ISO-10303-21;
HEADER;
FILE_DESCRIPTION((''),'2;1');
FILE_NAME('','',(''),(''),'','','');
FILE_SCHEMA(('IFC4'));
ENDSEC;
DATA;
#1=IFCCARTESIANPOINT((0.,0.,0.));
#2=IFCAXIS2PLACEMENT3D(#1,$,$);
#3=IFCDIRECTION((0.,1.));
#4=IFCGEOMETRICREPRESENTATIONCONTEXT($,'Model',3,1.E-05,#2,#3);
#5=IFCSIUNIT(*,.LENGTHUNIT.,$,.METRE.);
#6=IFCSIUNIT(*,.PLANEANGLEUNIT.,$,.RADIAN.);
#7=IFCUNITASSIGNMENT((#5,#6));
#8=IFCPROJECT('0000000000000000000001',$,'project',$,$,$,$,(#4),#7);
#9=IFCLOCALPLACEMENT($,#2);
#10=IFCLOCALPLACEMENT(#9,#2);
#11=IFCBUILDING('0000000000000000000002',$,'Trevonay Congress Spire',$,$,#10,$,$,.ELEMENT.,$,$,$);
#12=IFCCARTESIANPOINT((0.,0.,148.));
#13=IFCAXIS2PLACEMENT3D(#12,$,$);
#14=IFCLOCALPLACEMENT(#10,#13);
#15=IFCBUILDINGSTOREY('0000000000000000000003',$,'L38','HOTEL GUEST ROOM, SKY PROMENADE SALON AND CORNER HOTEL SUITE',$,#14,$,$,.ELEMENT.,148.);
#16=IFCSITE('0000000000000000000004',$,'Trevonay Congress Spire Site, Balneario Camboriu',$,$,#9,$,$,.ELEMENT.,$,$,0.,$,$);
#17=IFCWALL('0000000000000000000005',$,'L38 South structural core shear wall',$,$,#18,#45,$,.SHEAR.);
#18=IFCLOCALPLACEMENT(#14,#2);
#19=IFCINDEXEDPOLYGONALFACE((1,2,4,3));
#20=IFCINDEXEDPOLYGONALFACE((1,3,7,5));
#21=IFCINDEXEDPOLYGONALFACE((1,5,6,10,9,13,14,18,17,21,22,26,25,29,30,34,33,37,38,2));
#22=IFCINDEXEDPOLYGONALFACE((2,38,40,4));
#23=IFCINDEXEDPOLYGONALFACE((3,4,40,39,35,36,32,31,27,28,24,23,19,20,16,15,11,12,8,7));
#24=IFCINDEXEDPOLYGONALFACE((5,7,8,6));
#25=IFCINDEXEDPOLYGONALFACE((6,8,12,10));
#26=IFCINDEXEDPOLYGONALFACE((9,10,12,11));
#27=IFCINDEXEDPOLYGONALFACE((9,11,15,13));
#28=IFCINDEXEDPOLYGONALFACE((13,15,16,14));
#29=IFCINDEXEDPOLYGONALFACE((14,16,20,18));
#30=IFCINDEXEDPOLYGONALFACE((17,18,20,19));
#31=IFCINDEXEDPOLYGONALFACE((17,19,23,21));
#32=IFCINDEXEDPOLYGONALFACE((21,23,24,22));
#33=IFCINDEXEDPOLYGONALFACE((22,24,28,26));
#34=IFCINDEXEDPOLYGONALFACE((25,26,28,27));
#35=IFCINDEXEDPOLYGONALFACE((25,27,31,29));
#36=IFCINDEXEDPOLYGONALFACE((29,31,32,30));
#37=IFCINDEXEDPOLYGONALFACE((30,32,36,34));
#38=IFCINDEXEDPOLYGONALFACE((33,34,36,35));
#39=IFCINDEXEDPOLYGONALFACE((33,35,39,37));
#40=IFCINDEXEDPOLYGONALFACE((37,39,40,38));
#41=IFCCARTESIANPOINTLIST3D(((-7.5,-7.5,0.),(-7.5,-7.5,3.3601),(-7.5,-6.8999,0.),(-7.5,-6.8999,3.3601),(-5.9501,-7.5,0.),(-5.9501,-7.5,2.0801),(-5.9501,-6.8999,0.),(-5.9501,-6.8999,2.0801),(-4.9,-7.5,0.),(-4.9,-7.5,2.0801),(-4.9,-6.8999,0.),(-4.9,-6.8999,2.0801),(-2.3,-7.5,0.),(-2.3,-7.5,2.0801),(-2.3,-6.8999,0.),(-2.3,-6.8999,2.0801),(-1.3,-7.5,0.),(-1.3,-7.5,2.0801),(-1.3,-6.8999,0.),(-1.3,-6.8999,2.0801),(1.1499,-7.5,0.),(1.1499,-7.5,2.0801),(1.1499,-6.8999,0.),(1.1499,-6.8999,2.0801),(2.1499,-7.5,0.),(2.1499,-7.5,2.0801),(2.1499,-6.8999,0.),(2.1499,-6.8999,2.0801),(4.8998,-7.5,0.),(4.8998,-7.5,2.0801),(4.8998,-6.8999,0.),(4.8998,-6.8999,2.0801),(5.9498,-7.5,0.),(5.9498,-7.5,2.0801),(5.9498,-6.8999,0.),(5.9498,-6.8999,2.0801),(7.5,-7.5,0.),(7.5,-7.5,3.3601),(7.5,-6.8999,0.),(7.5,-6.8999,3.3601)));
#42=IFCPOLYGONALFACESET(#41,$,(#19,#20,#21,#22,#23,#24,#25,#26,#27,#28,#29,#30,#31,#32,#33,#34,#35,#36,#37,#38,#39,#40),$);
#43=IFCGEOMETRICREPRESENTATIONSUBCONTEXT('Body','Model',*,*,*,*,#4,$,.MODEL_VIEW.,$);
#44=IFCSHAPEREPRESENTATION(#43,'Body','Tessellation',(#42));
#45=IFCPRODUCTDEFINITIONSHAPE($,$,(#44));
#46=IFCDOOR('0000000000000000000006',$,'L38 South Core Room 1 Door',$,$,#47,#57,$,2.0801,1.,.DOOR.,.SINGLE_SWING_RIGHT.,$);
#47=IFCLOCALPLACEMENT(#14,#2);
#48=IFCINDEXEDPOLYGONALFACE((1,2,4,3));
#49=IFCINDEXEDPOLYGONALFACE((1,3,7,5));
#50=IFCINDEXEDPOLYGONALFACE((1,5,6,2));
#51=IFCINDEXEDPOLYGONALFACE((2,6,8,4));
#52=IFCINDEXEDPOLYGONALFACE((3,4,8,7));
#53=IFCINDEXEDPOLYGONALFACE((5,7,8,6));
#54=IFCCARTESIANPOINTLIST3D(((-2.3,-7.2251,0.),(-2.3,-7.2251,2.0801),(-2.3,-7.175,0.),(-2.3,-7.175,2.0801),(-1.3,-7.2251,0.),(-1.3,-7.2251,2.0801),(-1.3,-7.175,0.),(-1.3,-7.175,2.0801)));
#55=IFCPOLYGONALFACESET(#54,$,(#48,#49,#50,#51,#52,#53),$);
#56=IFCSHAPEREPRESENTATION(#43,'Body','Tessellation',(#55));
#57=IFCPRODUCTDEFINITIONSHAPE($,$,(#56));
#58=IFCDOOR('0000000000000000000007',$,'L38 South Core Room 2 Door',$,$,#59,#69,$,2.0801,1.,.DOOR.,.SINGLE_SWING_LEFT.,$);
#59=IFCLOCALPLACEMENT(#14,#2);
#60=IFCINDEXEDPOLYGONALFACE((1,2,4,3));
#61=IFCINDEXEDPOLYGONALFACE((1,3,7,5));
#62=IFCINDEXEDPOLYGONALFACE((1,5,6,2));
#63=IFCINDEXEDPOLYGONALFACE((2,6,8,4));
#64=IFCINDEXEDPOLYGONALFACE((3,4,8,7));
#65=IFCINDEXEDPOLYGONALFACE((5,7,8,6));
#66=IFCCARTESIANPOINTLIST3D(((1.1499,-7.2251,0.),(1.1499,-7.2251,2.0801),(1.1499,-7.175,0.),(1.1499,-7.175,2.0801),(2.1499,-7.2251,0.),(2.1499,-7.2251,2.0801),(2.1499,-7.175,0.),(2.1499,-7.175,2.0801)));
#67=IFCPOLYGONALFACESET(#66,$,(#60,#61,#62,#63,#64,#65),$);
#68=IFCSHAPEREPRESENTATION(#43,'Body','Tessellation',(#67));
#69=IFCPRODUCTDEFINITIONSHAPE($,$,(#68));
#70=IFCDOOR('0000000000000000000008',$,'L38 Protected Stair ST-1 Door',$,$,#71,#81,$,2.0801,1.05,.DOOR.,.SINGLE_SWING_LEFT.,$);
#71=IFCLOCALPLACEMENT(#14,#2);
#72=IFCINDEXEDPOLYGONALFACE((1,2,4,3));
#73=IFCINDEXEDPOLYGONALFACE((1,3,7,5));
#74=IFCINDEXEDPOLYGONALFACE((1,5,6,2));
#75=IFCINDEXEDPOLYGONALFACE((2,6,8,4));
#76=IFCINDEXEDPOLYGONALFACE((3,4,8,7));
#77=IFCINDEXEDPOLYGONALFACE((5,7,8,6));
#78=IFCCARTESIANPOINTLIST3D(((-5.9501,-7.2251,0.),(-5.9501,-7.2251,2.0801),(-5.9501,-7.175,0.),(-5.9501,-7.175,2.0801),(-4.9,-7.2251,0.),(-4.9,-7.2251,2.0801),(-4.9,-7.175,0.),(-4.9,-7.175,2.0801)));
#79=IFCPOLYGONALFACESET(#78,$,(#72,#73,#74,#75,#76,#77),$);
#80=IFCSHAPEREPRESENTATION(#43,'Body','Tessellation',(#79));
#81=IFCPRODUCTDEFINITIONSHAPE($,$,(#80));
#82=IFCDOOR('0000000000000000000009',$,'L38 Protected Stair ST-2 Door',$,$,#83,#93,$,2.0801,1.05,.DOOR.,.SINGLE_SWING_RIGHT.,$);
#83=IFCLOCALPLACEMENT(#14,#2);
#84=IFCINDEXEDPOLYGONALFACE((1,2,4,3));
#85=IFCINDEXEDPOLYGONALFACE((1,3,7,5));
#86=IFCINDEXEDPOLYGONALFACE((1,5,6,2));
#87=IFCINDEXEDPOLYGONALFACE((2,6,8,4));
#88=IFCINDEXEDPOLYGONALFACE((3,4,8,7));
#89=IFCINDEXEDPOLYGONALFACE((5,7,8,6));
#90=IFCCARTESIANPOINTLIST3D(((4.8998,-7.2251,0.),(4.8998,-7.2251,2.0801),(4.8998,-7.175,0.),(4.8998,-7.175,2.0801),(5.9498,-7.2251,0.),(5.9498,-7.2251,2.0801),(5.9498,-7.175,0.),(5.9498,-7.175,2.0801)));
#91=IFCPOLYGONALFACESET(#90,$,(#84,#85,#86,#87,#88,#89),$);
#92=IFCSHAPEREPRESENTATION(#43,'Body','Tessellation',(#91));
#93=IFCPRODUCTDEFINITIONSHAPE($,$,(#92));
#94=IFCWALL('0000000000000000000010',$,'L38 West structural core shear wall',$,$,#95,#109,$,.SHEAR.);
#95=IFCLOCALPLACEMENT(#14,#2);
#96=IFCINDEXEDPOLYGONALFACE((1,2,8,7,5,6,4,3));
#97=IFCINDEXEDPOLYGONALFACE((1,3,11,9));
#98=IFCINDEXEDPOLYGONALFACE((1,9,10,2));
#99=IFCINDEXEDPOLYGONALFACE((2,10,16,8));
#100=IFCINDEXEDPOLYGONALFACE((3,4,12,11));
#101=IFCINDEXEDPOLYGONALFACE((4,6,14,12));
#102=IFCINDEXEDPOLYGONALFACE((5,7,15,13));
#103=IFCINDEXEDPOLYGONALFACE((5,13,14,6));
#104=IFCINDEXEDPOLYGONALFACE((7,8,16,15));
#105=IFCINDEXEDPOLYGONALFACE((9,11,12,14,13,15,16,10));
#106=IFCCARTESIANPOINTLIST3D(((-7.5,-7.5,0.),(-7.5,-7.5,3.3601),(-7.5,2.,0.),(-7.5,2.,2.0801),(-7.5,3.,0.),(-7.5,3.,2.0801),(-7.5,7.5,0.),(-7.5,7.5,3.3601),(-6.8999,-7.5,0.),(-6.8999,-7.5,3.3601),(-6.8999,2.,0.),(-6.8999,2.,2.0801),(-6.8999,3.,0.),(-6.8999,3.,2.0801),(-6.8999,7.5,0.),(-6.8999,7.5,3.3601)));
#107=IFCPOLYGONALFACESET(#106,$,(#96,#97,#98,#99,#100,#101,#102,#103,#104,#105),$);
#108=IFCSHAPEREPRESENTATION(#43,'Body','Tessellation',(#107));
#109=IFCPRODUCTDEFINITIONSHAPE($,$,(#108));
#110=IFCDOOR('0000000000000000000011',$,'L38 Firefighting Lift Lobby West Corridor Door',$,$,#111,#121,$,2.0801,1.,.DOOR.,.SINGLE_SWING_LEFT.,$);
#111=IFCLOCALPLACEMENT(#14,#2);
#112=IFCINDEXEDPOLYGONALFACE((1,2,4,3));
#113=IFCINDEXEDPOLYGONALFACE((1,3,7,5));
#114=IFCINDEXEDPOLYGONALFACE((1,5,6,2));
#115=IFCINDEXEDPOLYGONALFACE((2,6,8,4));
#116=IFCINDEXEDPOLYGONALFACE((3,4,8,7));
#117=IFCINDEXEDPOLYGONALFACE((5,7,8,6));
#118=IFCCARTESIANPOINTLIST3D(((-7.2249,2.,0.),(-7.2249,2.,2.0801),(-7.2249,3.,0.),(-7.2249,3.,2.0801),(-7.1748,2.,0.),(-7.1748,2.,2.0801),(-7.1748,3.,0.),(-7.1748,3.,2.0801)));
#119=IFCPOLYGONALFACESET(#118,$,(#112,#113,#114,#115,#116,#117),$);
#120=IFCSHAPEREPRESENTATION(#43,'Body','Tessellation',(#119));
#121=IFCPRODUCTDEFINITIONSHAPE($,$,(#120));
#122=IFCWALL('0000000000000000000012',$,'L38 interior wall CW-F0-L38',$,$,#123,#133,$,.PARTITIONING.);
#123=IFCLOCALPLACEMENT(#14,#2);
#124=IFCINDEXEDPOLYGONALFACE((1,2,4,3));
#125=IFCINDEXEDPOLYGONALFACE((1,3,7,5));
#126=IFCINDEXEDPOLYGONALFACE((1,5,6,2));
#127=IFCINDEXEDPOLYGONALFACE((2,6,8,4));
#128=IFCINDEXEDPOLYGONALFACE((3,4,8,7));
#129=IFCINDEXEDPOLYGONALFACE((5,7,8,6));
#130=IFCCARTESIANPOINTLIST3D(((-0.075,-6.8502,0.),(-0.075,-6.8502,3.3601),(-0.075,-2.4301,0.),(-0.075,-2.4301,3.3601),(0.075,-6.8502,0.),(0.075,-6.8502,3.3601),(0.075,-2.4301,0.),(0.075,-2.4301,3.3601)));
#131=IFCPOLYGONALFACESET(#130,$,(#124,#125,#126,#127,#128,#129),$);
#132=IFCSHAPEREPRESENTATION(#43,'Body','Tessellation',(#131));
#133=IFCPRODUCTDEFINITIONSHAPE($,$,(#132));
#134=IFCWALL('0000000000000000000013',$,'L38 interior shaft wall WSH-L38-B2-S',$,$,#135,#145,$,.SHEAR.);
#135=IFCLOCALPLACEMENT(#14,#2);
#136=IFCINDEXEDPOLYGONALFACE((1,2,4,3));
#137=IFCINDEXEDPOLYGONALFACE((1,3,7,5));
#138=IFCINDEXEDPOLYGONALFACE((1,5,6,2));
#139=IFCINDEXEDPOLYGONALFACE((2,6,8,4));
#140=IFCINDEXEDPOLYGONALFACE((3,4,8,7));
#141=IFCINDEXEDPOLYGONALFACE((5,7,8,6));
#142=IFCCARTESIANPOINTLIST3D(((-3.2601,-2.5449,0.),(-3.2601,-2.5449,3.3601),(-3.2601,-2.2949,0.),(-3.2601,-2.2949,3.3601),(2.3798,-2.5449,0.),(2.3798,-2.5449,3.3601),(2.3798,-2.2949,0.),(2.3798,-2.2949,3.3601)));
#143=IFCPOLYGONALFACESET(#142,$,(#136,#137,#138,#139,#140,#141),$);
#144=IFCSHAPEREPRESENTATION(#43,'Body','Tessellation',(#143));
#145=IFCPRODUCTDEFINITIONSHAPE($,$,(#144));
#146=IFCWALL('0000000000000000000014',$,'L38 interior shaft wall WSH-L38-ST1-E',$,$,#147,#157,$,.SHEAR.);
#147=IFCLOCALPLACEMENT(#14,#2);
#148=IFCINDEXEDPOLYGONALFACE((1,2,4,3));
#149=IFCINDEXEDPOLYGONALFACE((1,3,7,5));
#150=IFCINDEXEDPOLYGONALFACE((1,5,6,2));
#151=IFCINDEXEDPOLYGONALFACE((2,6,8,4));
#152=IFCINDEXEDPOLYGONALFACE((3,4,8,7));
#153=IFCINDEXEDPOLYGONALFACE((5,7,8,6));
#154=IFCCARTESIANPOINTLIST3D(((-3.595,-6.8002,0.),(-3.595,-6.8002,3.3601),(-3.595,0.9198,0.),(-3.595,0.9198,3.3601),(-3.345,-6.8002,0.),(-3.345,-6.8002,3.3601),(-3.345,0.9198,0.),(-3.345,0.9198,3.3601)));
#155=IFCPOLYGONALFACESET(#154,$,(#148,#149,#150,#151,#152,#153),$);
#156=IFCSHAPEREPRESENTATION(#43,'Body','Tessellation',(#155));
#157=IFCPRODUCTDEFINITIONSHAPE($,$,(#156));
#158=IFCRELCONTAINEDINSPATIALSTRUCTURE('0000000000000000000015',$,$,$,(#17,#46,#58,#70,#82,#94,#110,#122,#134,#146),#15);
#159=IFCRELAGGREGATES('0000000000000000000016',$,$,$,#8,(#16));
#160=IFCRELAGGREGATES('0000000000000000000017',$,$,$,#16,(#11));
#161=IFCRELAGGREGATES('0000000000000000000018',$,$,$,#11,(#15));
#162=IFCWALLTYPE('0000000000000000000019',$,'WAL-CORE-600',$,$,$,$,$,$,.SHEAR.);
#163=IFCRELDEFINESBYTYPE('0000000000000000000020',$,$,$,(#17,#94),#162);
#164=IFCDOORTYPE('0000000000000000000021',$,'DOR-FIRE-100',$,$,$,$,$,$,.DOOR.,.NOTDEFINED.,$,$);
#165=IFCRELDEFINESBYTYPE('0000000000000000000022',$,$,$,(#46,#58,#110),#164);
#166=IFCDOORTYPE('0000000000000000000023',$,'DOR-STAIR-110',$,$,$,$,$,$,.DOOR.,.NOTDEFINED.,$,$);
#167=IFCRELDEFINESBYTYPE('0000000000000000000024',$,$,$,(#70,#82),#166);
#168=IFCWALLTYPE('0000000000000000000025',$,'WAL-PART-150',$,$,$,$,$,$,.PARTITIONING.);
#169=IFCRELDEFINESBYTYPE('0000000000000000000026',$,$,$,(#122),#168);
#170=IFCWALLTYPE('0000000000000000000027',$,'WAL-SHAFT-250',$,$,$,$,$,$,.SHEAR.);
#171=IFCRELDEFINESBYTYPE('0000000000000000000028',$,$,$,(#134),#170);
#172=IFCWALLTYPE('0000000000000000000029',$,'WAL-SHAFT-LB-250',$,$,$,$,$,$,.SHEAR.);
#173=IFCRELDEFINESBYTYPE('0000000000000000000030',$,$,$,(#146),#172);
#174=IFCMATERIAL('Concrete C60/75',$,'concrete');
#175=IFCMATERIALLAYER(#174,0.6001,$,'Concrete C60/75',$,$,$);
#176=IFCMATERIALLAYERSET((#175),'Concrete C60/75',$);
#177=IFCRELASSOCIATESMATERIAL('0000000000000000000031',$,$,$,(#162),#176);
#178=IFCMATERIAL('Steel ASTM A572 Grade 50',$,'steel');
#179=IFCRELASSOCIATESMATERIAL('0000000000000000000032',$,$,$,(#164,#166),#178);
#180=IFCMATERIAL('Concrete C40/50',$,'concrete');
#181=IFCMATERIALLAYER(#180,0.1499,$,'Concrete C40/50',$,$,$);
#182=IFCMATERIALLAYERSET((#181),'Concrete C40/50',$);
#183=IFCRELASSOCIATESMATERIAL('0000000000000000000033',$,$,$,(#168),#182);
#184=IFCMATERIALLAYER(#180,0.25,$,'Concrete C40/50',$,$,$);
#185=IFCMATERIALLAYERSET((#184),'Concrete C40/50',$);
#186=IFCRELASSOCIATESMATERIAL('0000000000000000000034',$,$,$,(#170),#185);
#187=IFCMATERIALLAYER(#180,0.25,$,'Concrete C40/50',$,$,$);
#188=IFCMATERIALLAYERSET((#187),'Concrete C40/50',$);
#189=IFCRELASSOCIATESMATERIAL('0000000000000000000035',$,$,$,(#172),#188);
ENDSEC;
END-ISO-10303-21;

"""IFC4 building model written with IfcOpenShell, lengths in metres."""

from ifc_helpers import new_model, si_unit, direction, frame, frame_2d, origin, place, context, subcontext, project, spatial, rectangle, extrude, material, layer, layer_set, type_object, element, fill, save


model = new_model("IFC4")

# Units and contexts
model_context = context("Model", 3, precision=1e-05, world=origin(), true_north=direction((0.0, 1.0)))
body_context = subcontext(model_context, "Body", "Model", "MODEL_VIEW")
ifc_project = project(units=[si_unit("LENGTHUNIT", "METRE"), si_unit("PLANEANGLEUNIT", "RADIAN")], contexts=[model_context])

# Site, building, storey
site_placement = place(None, origin())
site = spatial("IfcSite", under=ifc_project, at=site_placement, Name="Trevonay Congress Spire Site, Balneario Camboriu", CompositionType="ELEMENT", RefElevation=0.0)
building_placement = place(site_placement, origin())
building = spatial("IfcBuilding", under=site, at=building_placement, Name="Trevonay Congress Spire", CompositionType="ELEMENT")
storey_placement = place(building_placement, frame((0.0, 0.0, 148.0)))
storey = spatial("IfcBuildingStorey", under=building, at=storey_placement, Name="L38", Description="HOTEL GUEST ROOM, SKY PROMENADE SALON AND CORNER HOTEL SUITE", CompositionType="ELEMENT", Elevation=148.0)

# Shared definitions
ifc_material_1 = material(Name="Steel ASTM A572 Grade 50", Category="steel")

# Shared definitions
ifc_material_2 = material(Name="Concrete C40/50", Category="concrete")

# Wall, openings, doors
ifc_material_3 = material(Name="Concrete C60/75", Category="concrete")
ifc_layer_1 = layer(ifc_material_3, 0.6001, Name="Concrete C60/75")
ifc_layer_set_1 = layer_set([ifc_layer_1], Name="Concrete C60/75")
wall_type_1 = type_object("IfcWallType", Name="WAL-CORE-600", PredefinedType="SHEAR", material=ifc_layer_set_1)
wall_1_placement = place(storey_placement, frame((-7.5, -7.2, 0.0), z_axis=(0.0, 0.0, 1.0), x_axis=(1.0, 0.0, 0.0)))
wall_1 = element("IfcWall", 1, at=wall_1_placement, inside=storey, type_object=wall_type_1, Name="L38 South structural core shear wall", PredefinedType="SHEAR", context=body_context, shape_type="SweptSolid", body=[
    extrude(rectangle(XDim=15.0, YDim=0.6001, at=frame_2d((7.5, 0.0))), origin(), (0.0, 0.0, 1.0), 3.3601),
])
opening_1_placement = place(wall_1_placement, frame((1.55, 0.0, 0.0)))
opening_1 = element("IfcOpeningElement", 2, at=opening_1_placement, cuts=wall_1, PredefinedType="OPENING", context=body_context, shape_type="SweptSolid", body=[
    extrude(rectangle(XDim=1.05, YDim=2.0801, at=frame_2d((0.5249, 1.04))), frame((0.0, 0.3101, 0.0), z_axis=(0.0, -1.0, 0.0), x_axis=(1.0, 0.0, 0.0)), (0.0, 0.0, 1.0), 0.6201),
])
opening_2_placement = place(wall_1_placement, frame((12.3999, 0.0, 0.0)))
opening_2 = element("IfcOpeningElement", 3, at=opening_2_placement, cuts=wall_1, PredefinedType="OPENING", context=body_context, shape_type="SweptSolid", body=[
    extrude(rectangle(XDim=1.05, YDim=2.0801, at=frame_2d((0.5249, 1.04))), frame((0.0, 0.3101, 0.0), z_axis=(0.0, -1.0, 0.0), x_axis=(1.0, 0.0, 0.0)), (0.0, 0.0, 1.0), 0.6201),
])
opening_3_placement = place(wall_1_placement, frame((5.2, 0.0, 0.0)))
opening_3 = element("IfcOpeningElement", 4, at=opening_3_placement, cuts=wall_1, PredefinedType="OPENING", context=body_context, shape_type="SweptSolid", body=[
    extrude(rectangle(XDim=1.0, YDim=2.0801, at=frame_2d((0.5, 1.04))), frame((0.0, 0.3101, 0.0), z_axis=(0.0, -1.0, 0.0), x_axis=(1.0, 0.0, 0.0)), (0.0, 0.0, 1.0), 0.6201),
])
opening_4_placement = place(wall_1_placement, frame((8.6499, 0.0, 0.0)))
opening_4 = element("IfcOpeningElement", 5, at=opening_4_placement, cuts=wall_1, PredefinedType="OPENING", context=body_context, shape_type="SweptSolid", body=[
    extrude(rectangle(XDim=1.0, YDim=2.0801, at=frame_2d((0.5, 1.04))), frame((0.0, 0.3101, 0.0), z_axis=(0.0, -1.0, 0.0), x_axis=(1.0, 0.0, 0.0)), (0.0, 0.0, 1.0), 0.6201),
])
door_type_1 = type_object("IfcDoorType", Name="DOR-FIRE-100", OperationType="NOTDEFINED", PredefinedType="DOOR", material=ifc_material_1)
door_1_placement = place(opening_3_placement, origin())
door_1 = element("IfcDoor", 6, at=door_1_placement, inside=storey, type_object=door_type_1, Name="L38 South Core Room 1 Door", OperationType="SINGLE_SWING_RIGHT", OverallHeight=2.0801, OverallWidth=1.0, PredefinedType="DOOR", context=body_context, shape_type="SweptSolid", body=[
    extrude(rectangle(XDim=1.0, YDim=2.0801, at=frame_2d((0.5, 1.04))), frame((0.0, 0.0249, 0.0), z_axis=(0.0, -1.0, 0.0), x_axis=(1.0, 0.0, 0.0)), (0.0, 0.0, 1.0), 0.05),
])
fill(opening_3, door_1)
door_2_placement = place(opening_4_placement, origin())
door_2 = element("IfcDoor", 7, at=door_2_placement, inside=storey, type_object=door_type_1, Name="L38 South Core Room 2 Door", OperationType="SINGLE_SWING_LEFT", OverallHeight=2.0801, OverallWidth=1.0, PredefinedType="DOOR", context=body_context, shape_type="SweptSolid", body=[
    extrude(rectangle(XDim=1.0, YDim=2.0801, at=frame_2d((0.5, 1.04))), frame((0.0, 0.0249, 0.0), z_axis=(0.0, -1.0, 0.0), x_axis=(1.0, 0.0, 0.0)), (0.0, 0.0, 1.0), 0.05),
])
fill(opening_4, door_2)
door_type_2 = type_object("IfcDoorType", Name="DOR-STAIR-110", OperationType="NOTDEFINED", PredefinedType="DOOR", material=ifc_material_1)
door_3_placement = place(opening_1_placement, origin())
door_3 = element("IfcDoor", 8, at=door_3_placement, inside=storey, type_object=door_type_2, Name="L38 Protected Stair ST-1 Door", OperationType="SINGLE_SWING_LEFT", OverallHeight=2.0801, OverallWidth=1.05, PredefinedType="DOOR", context=body_context, shape_type="SweptSolid", body=[
    extrude(rectangle(XDim=1.05, YDim=2.0801, at=frame_2d((0.5249, 1.04))), frame((0.0, 0.0249, 0.0), z_axis=(0.0, -1.0, 0.0), x_axis=(1.0, 0.0, 0.0)), (0.0, 0.0, 1.0), 0.05),
])
fill(opening_1, door_3)
door_4_placement = place(opening_2_placement, origin())
door_4 = element("IfcDoor", 9, at=door_4_placement, inside=storey, type_object=door_type_2, Name="L38 Protected Stair ST-2 Door", OperationType="SINGLE_SWING_RIGHT", OverallHeight=2.0801, OverallWidth=1.05, PredefinedType="DOOR", context=body_context, shape_type="SweptSolid", body=[
    extrude(rectangle(XDim=1.05, YDim=2.0801, at=frame_2d((0.5249, 1.04))), frame((0.0, 0.0249, 0.0), z_axis=(0.0, -1.0, 0.0), x_axis=(1.0, 0.0, 0.0)), (0.0, 0.0, 1.0), 0.05),
])
fill(opening_2, door_4)

# Wall, opening, door
wall_2_placement = place(storey_placement, frame((-7.2, -7.5, 0.0), z_axis=(0.0, 0.0, 1.0), x_axis=(0.0, 1.0, 0.0)))
wall_2 = element("IfcWall", 10, at=wall_2_placement, inside=storey, type_object=wall_type_1, Name="L38 West structural core shear wall", PredefinedType="SHEAR", context=body_context, shape_type="SweptSolid", body=[
    extrude(rectangle(XDim=15.0, YDim=0.6001, at=frame_2d((7.5, 0.0))), origin(), (0.0, 0.0, 1.0), 3.3601),
])
opening_5_placement = place(wall_2_placement, frame((9.5, 0.0, 0.0)))
opening_5 = element("IfcOpeningElement", 11, at=opening_5_placement, cuts=wall_2, PredefinedType="OPENING", context=body_context, shape_type="SweptSolid", body=[
    extrude(rectangle(XDim=1.0, YDim=2.0801, at=frame_2d((0.5, 1.04))), frame((0.0, 0.3101, 0.0), z_axis=(0.0, -1.0, 0.0), x_axis=(1.0, 0.0, 0.0)), (0.0, 0.0, 1.0), 0.6201),
])
door_5_placement = place(opening_5_placement, origin())
door_5 = element("IfcDoor", 12, at=door_5_placement, inside=storey, type_object=door_type_1, Name="L38 Firefighting Lift Lobby West Corridor Door", OperationType="SINGLE_SWING_LEFT", OverallHeight=2.0801, OverallWidth=1.0, PredefinedType="DOOR", context=body_context, shape_type="SweptSolid", body=[
    extrude(rectangle(XDim=1.0, YDim=2.0801, at=frame_2d((0.5, 1.04))), frame((0.0, 0.0249, 0.0), z_axis=(0.0, -1.0, 0.0), x_axis=(1.0, 0.0, 0.0)), (0.0, 0.0, 1.0), 0.05),
])
fill(opening_5, door_5)

# Walls
ifc_layer_2 = layer(ifc_material_2, 0.1499, Name="Concrete C40/50")
ifc_layer_set_2 = layer_set([ifc_layer_2], Name="Concrete C40/50")
wall_type_2 = type_object("IfcWallType", Name="WAL-PART-150", PredefinedType="PARTITIONING", material=ifc_layer_set_2)
wall_3_placement = place(storey_placement, frame((0.0, -6.8501, 0.0), z_axis=(0.0, 0.0, 1.0), x_axis=(0.0, 1.0, 0.0)))
element("IfcWall", 13, at=wall_3_placement, inside=storey, type_object=wall_type_2, Name="L38 interior wall CW-F0-L38", PredefinedType="PARTITIONING", context=body_context, shape_type="SweptSolid", body=[
    extrude(rectangle(XDim=4.4202, YDim=0.1499, at=frame_2d((2.21, 0.0))), origin(), (0.0, 0.0, 1.0), 3.3601),
])
ifc_layer_3 = layer(ifc_material_2, 0.25, Name="Concrete C40/50")
ifc_layer_set_3 = layer_set([ifc_layer_3], Name="Concrete C40/50")
wall_type_3 = type_object("IfcWallType", Name="WAL-SHAFT-250", PredefinedType="SHEAR", material=ifc_layer_set_3)
wall_4_placement = place(storey_placement, frame((-3.26, -2.4199, 0.0), z_axis=(0.0, 0.0, 1.0), x_axis=(1.0, 0.0, 0.0)))
element("IfcWall", 14, at=wall_4_placement, inside=storey, type_object=wall_type_3, Name="L38 interior shaft wall WSH-L38-B2-S", PredefinedType="SHEAR", context=body_context, shape_type="SweptSolid", body=[
    extrude(rectangle(XDim=5.6399, YDim=0.25, at=frame_2d((2.8198, 0.0))), origin(), (0.0, 0.0, 1.0), 3.3601),
])
ifc_layer_4 = layer(ifc_material_2, 0.25, Name="Concrete C40/50")
ifc_layer_set_4 = layer_set([ifc_layer_4], Name="Concrete C40/50")
wall_type_4 = type_object("IfcWallType", Name="WAL-SHAFT-LB-250", PredefinedType="SHEAR", material=ifc_layer_set_4)
wall_5_placement = place(storey_placement, frame((-3.47, -6.8, 0.0), z_axis=(0.0, 0.0, 1.0), x_axis=(0.0, 1.0, 0.0)))
element("IfcWall", 15, at=wall_5_placement, inside=storey, type_object=wall_type_4, Name="L38 interior shaft wall WSH-L38-ST1-E", PredefinedType="SHEAR", context=body_context, shape_type="SweptSolid", body=[
    extrude(rectangle(XDim=7.72, YDim=0.25, at=frame_2d((3.8599, 0.0))), origin(), (0.0, 0.0, 1.0), 3.3601),
])

save(model, "model.ifc")
